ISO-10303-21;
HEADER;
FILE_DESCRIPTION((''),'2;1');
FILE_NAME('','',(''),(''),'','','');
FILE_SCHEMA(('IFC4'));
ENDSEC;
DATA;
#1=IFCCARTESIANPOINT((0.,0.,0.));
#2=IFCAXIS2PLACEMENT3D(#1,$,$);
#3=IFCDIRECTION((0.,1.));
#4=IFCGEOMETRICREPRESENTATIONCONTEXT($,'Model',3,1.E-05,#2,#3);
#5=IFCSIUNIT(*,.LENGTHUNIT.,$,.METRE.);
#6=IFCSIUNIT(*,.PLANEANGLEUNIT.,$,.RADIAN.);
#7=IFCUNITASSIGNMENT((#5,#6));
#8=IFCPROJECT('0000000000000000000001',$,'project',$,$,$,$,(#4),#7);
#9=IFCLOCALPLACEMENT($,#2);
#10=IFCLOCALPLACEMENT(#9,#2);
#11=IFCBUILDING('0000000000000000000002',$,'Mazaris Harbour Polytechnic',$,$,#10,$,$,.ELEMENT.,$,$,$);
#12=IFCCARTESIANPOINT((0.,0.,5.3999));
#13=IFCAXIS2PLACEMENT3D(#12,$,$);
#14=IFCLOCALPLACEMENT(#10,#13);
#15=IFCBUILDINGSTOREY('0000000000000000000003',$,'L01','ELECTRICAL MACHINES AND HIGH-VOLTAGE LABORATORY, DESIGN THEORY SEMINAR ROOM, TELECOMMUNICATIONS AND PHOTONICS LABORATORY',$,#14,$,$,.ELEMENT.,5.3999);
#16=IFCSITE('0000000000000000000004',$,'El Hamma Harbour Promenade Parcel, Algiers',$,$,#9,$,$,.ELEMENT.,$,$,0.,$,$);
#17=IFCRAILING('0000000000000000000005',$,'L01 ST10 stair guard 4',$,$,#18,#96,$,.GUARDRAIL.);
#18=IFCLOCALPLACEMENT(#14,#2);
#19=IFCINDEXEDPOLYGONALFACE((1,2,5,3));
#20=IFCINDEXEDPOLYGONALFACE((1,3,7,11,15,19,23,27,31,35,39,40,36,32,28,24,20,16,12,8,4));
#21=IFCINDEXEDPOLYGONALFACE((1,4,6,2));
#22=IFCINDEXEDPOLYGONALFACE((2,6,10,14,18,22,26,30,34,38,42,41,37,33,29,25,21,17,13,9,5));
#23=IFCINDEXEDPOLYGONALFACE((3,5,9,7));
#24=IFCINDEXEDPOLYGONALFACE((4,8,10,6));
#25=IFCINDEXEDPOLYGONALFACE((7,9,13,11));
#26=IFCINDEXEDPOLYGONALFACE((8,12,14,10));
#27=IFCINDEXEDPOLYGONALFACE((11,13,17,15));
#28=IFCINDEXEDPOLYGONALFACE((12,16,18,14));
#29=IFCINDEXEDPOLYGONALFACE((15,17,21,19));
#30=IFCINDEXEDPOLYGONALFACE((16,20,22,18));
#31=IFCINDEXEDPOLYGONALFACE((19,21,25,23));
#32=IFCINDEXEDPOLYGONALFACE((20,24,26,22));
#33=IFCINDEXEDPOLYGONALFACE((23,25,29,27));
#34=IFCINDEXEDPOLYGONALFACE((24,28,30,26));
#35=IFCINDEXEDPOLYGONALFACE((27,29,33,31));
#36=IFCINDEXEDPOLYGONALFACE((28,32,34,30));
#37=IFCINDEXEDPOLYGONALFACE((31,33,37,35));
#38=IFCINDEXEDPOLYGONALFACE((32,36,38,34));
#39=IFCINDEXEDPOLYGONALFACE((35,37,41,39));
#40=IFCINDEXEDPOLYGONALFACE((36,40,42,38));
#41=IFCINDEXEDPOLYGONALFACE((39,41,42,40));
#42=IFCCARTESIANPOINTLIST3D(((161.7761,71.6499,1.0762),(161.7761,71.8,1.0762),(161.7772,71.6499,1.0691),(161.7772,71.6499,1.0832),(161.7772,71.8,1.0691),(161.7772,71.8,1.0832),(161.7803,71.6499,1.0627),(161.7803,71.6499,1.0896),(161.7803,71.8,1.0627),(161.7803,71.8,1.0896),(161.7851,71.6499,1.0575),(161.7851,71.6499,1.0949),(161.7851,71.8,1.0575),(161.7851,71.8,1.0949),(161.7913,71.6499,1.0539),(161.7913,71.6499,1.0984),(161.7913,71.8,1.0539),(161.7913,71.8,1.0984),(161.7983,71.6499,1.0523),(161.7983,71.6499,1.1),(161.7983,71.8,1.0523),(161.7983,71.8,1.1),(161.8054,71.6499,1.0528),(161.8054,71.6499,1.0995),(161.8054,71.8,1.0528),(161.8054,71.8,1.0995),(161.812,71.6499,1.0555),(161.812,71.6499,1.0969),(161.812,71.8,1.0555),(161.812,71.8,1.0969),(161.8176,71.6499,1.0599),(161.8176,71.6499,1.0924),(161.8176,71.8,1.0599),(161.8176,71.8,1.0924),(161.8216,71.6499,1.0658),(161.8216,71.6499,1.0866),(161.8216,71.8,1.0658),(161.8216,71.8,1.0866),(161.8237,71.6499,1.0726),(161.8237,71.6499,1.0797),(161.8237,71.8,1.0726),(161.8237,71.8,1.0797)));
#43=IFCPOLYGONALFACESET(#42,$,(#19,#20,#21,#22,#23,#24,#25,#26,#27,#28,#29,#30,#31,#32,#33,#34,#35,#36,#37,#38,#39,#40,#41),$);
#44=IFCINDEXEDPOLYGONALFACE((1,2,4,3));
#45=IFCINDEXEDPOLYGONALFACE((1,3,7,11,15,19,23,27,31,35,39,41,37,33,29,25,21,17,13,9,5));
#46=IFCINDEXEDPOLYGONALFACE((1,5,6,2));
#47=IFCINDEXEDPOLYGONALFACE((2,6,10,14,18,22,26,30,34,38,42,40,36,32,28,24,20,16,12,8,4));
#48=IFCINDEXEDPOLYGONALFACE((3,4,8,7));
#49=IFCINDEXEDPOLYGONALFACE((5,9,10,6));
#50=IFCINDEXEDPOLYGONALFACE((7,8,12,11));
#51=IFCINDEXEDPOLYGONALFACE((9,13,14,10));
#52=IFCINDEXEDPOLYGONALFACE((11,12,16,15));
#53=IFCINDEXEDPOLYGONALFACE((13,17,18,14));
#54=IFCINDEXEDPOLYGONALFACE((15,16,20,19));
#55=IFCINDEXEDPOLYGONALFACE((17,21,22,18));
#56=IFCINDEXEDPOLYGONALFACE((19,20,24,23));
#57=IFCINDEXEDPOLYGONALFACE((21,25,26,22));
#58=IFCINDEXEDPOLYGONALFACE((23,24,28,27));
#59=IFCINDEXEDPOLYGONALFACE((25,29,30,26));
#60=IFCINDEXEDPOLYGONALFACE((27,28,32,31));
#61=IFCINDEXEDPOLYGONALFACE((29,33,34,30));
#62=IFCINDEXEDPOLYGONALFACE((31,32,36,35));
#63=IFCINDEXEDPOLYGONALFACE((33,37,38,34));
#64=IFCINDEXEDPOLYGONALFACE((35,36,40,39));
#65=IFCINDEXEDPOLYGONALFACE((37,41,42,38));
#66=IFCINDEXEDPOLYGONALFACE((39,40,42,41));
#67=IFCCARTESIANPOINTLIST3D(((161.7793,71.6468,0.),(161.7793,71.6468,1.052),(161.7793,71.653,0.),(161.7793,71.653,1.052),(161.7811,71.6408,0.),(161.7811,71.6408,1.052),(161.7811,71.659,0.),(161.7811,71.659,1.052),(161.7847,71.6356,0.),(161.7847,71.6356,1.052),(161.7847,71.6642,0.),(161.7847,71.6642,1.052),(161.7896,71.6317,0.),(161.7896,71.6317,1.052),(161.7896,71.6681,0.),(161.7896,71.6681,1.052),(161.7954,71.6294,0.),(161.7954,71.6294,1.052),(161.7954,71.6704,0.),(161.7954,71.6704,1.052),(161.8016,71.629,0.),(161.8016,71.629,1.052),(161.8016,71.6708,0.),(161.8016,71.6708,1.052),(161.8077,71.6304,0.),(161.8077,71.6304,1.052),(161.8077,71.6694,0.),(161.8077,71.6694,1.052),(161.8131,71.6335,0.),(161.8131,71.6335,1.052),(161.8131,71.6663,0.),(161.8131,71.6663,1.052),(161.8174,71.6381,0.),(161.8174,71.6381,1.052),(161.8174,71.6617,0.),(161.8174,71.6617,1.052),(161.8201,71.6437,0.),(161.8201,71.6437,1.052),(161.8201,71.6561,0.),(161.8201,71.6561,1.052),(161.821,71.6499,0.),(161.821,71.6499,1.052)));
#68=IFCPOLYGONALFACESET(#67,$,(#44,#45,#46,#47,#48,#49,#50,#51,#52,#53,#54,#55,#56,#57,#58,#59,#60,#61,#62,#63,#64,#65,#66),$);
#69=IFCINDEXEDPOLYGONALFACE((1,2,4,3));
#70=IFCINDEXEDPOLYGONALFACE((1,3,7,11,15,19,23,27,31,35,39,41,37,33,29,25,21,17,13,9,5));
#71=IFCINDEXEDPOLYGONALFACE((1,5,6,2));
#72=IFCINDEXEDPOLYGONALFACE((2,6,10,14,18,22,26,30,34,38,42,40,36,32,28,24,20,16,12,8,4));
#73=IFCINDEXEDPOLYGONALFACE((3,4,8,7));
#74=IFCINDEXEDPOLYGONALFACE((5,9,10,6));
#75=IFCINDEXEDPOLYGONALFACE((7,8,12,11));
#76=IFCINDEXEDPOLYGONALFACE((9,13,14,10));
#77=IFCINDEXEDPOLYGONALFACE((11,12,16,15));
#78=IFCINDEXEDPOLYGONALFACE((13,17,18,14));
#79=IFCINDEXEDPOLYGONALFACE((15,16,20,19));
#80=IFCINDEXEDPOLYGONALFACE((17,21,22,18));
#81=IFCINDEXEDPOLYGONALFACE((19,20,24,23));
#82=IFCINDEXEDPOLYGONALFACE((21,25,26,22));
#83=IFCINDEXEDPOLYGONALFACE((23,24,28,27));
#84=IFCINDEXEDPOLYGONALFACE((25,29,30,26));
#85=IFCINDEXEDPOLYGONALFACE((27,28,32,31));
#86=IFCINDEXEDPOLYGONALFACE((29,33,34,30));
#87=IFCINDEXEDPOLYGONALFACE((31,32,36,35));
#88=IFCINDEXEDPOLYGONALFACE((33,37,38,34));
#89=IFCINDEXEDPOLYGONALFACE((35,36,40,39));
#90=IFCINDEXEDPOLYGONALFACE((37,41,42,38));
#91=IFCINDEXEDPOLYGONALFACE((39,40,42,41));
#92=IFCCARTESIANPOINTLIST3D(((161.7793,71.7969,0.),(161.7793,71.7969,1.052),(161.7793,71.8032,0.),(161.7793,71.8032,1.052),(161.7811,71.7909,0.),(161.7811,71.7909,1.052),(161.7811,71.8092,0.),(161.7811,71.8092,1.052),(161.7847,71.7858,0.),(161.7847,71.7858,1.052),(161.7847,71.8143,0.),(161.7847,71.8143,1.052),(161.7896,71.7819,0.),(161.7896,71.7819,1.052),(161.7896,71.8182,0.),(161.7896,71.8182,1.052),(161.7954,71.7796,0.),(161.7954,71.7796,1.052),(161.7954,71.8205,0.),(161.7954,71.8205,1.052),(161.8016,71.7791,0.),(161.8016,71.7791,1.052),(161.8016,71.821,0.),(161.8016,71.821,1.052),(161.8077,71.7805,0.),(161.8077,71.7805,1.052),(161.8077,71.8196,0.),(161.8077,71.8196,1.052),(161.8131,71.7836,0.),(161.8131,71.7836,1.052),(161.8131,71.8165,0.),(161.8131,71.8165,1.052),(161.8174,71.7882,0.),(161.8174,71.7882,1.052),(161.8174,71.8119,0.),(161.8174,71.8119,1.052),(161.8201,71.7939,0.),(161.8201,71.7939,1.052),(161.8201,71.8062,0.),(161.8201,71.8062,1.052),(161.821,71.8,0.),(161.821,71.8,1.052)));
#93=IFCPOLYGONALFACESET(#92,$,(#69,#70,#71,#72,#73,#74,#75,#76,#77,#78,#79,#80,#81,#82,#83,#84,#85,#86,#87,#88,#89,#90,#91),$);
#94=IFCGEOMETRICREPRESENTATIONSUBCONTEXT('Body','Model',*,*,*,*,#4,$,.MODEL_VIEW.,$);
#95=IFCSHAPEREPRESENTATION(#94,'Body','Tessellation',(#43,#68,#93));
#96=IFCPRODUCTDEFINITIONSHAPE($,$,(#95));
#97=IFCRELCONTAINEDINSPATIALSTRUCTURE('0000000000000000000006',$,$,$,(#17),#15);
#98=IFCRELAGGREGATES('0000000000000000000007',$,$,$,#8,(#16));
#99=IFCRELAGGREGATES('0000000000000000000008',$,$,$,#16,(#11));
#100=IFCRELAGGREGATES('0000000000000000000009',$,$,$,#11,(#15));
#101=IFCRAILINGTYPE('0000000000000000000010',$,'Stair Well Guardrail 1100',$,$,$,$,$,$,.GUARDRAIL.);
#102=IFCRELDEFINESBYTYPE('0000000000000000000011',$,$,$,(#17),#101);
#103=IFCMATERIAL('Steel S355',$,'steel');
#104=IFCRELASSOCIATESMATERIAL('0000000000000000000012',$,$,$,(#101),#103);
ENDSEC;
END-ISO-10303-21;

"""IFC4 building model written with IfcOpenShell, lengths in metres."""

from ifc_helpers import new_model, si_unit, direction, frame, origin, origin_2d, place, context, subcontext, project, spatial, circle, extrude, material, type_object, element, save


model = new_model("IFC4")

# Units and contexts
model_context = context("Model", 3, precision=1e-05, world=origin(), true_north=direction((0.0, 1.0)))
body_context = subcontext(model_context, "Body", "Model", "MODEL_VIEW")
ifc_project = project(units=[si_unit("LENGTHUNIT", "METRE"), si_unit("PLANEANGLEUNIT", "RADIAN")], contexts=[model_context])

# Site, building, storey
site_placement = place(None, origin())
site = spatial("IfcSite", under=ifc_project, at=site_placement, Name="El Hamma Harbour Promenade Parcel, Algiers", CompositionType="ELEMENT", RefElevation=0.0)
building_placement = place(site_placement, origin())
building = spatial("IfcBuilding", under=site, at=building_placement, Name="Mazaris Harbour Polytechnic", CompositionType="ELEMENT")
storey_placement = place(building_placement, frame((0.0, 0.0, 5.3999)))
storey = spatial("IfcBuildingStorey", under=building, at=storey_placement, Name="L01", Description="ELECTRICAL MACHINES AND HIGH-VOLTAGE LABORATORY, DESIGN THEORY SEMINAR ROOM, TELECOMMUNICATIONS AND PHOTONICS LABORATORY", CompositionType="ELEMENT", Elevation=5.3999)

# Railing
ifc_material_1 = material(Name="Steel S355", Category="steel")
railing_type_1 = type_object("IfcRailingType", Name="Stair Well Guardrail 1100", PredefinedType="GUARDRAIL", material=ifc_material_1)
railing_1_placement = place(storey_placement, frame((161.8, 71.6499, 0.0)))
element("IfcRailing", 1, at=railing_1_placement, inside=storey, type_object=railing_type_1, Name="L01 ST10 stair guard 4", PredefinedType="GUARDRAIL", context=body_context, shape_type="SweptSolid", body=[
    extrude(circle(Radius=0.0239, at=origin_2d()), frame((0.0, 0.0, 1.0762), z_axis=(0.0, 1.0, 0.0), x_axis=(-1.0, 0.0, 0.0)), (0.0, 0.0, 1.0), 0.1501),
    extrude(circle(Radius=0.021, at=origin_2d()), origin(), (0.0, 0.0, 1.0), 1.052),
    extrude(circle(Radius=0.021, at=origin_2d()), frame((0.0, 0.1501, 0.0)), (0.0, 0.0, 1.0), 1.052),
])

save(model, "model.ifc")
